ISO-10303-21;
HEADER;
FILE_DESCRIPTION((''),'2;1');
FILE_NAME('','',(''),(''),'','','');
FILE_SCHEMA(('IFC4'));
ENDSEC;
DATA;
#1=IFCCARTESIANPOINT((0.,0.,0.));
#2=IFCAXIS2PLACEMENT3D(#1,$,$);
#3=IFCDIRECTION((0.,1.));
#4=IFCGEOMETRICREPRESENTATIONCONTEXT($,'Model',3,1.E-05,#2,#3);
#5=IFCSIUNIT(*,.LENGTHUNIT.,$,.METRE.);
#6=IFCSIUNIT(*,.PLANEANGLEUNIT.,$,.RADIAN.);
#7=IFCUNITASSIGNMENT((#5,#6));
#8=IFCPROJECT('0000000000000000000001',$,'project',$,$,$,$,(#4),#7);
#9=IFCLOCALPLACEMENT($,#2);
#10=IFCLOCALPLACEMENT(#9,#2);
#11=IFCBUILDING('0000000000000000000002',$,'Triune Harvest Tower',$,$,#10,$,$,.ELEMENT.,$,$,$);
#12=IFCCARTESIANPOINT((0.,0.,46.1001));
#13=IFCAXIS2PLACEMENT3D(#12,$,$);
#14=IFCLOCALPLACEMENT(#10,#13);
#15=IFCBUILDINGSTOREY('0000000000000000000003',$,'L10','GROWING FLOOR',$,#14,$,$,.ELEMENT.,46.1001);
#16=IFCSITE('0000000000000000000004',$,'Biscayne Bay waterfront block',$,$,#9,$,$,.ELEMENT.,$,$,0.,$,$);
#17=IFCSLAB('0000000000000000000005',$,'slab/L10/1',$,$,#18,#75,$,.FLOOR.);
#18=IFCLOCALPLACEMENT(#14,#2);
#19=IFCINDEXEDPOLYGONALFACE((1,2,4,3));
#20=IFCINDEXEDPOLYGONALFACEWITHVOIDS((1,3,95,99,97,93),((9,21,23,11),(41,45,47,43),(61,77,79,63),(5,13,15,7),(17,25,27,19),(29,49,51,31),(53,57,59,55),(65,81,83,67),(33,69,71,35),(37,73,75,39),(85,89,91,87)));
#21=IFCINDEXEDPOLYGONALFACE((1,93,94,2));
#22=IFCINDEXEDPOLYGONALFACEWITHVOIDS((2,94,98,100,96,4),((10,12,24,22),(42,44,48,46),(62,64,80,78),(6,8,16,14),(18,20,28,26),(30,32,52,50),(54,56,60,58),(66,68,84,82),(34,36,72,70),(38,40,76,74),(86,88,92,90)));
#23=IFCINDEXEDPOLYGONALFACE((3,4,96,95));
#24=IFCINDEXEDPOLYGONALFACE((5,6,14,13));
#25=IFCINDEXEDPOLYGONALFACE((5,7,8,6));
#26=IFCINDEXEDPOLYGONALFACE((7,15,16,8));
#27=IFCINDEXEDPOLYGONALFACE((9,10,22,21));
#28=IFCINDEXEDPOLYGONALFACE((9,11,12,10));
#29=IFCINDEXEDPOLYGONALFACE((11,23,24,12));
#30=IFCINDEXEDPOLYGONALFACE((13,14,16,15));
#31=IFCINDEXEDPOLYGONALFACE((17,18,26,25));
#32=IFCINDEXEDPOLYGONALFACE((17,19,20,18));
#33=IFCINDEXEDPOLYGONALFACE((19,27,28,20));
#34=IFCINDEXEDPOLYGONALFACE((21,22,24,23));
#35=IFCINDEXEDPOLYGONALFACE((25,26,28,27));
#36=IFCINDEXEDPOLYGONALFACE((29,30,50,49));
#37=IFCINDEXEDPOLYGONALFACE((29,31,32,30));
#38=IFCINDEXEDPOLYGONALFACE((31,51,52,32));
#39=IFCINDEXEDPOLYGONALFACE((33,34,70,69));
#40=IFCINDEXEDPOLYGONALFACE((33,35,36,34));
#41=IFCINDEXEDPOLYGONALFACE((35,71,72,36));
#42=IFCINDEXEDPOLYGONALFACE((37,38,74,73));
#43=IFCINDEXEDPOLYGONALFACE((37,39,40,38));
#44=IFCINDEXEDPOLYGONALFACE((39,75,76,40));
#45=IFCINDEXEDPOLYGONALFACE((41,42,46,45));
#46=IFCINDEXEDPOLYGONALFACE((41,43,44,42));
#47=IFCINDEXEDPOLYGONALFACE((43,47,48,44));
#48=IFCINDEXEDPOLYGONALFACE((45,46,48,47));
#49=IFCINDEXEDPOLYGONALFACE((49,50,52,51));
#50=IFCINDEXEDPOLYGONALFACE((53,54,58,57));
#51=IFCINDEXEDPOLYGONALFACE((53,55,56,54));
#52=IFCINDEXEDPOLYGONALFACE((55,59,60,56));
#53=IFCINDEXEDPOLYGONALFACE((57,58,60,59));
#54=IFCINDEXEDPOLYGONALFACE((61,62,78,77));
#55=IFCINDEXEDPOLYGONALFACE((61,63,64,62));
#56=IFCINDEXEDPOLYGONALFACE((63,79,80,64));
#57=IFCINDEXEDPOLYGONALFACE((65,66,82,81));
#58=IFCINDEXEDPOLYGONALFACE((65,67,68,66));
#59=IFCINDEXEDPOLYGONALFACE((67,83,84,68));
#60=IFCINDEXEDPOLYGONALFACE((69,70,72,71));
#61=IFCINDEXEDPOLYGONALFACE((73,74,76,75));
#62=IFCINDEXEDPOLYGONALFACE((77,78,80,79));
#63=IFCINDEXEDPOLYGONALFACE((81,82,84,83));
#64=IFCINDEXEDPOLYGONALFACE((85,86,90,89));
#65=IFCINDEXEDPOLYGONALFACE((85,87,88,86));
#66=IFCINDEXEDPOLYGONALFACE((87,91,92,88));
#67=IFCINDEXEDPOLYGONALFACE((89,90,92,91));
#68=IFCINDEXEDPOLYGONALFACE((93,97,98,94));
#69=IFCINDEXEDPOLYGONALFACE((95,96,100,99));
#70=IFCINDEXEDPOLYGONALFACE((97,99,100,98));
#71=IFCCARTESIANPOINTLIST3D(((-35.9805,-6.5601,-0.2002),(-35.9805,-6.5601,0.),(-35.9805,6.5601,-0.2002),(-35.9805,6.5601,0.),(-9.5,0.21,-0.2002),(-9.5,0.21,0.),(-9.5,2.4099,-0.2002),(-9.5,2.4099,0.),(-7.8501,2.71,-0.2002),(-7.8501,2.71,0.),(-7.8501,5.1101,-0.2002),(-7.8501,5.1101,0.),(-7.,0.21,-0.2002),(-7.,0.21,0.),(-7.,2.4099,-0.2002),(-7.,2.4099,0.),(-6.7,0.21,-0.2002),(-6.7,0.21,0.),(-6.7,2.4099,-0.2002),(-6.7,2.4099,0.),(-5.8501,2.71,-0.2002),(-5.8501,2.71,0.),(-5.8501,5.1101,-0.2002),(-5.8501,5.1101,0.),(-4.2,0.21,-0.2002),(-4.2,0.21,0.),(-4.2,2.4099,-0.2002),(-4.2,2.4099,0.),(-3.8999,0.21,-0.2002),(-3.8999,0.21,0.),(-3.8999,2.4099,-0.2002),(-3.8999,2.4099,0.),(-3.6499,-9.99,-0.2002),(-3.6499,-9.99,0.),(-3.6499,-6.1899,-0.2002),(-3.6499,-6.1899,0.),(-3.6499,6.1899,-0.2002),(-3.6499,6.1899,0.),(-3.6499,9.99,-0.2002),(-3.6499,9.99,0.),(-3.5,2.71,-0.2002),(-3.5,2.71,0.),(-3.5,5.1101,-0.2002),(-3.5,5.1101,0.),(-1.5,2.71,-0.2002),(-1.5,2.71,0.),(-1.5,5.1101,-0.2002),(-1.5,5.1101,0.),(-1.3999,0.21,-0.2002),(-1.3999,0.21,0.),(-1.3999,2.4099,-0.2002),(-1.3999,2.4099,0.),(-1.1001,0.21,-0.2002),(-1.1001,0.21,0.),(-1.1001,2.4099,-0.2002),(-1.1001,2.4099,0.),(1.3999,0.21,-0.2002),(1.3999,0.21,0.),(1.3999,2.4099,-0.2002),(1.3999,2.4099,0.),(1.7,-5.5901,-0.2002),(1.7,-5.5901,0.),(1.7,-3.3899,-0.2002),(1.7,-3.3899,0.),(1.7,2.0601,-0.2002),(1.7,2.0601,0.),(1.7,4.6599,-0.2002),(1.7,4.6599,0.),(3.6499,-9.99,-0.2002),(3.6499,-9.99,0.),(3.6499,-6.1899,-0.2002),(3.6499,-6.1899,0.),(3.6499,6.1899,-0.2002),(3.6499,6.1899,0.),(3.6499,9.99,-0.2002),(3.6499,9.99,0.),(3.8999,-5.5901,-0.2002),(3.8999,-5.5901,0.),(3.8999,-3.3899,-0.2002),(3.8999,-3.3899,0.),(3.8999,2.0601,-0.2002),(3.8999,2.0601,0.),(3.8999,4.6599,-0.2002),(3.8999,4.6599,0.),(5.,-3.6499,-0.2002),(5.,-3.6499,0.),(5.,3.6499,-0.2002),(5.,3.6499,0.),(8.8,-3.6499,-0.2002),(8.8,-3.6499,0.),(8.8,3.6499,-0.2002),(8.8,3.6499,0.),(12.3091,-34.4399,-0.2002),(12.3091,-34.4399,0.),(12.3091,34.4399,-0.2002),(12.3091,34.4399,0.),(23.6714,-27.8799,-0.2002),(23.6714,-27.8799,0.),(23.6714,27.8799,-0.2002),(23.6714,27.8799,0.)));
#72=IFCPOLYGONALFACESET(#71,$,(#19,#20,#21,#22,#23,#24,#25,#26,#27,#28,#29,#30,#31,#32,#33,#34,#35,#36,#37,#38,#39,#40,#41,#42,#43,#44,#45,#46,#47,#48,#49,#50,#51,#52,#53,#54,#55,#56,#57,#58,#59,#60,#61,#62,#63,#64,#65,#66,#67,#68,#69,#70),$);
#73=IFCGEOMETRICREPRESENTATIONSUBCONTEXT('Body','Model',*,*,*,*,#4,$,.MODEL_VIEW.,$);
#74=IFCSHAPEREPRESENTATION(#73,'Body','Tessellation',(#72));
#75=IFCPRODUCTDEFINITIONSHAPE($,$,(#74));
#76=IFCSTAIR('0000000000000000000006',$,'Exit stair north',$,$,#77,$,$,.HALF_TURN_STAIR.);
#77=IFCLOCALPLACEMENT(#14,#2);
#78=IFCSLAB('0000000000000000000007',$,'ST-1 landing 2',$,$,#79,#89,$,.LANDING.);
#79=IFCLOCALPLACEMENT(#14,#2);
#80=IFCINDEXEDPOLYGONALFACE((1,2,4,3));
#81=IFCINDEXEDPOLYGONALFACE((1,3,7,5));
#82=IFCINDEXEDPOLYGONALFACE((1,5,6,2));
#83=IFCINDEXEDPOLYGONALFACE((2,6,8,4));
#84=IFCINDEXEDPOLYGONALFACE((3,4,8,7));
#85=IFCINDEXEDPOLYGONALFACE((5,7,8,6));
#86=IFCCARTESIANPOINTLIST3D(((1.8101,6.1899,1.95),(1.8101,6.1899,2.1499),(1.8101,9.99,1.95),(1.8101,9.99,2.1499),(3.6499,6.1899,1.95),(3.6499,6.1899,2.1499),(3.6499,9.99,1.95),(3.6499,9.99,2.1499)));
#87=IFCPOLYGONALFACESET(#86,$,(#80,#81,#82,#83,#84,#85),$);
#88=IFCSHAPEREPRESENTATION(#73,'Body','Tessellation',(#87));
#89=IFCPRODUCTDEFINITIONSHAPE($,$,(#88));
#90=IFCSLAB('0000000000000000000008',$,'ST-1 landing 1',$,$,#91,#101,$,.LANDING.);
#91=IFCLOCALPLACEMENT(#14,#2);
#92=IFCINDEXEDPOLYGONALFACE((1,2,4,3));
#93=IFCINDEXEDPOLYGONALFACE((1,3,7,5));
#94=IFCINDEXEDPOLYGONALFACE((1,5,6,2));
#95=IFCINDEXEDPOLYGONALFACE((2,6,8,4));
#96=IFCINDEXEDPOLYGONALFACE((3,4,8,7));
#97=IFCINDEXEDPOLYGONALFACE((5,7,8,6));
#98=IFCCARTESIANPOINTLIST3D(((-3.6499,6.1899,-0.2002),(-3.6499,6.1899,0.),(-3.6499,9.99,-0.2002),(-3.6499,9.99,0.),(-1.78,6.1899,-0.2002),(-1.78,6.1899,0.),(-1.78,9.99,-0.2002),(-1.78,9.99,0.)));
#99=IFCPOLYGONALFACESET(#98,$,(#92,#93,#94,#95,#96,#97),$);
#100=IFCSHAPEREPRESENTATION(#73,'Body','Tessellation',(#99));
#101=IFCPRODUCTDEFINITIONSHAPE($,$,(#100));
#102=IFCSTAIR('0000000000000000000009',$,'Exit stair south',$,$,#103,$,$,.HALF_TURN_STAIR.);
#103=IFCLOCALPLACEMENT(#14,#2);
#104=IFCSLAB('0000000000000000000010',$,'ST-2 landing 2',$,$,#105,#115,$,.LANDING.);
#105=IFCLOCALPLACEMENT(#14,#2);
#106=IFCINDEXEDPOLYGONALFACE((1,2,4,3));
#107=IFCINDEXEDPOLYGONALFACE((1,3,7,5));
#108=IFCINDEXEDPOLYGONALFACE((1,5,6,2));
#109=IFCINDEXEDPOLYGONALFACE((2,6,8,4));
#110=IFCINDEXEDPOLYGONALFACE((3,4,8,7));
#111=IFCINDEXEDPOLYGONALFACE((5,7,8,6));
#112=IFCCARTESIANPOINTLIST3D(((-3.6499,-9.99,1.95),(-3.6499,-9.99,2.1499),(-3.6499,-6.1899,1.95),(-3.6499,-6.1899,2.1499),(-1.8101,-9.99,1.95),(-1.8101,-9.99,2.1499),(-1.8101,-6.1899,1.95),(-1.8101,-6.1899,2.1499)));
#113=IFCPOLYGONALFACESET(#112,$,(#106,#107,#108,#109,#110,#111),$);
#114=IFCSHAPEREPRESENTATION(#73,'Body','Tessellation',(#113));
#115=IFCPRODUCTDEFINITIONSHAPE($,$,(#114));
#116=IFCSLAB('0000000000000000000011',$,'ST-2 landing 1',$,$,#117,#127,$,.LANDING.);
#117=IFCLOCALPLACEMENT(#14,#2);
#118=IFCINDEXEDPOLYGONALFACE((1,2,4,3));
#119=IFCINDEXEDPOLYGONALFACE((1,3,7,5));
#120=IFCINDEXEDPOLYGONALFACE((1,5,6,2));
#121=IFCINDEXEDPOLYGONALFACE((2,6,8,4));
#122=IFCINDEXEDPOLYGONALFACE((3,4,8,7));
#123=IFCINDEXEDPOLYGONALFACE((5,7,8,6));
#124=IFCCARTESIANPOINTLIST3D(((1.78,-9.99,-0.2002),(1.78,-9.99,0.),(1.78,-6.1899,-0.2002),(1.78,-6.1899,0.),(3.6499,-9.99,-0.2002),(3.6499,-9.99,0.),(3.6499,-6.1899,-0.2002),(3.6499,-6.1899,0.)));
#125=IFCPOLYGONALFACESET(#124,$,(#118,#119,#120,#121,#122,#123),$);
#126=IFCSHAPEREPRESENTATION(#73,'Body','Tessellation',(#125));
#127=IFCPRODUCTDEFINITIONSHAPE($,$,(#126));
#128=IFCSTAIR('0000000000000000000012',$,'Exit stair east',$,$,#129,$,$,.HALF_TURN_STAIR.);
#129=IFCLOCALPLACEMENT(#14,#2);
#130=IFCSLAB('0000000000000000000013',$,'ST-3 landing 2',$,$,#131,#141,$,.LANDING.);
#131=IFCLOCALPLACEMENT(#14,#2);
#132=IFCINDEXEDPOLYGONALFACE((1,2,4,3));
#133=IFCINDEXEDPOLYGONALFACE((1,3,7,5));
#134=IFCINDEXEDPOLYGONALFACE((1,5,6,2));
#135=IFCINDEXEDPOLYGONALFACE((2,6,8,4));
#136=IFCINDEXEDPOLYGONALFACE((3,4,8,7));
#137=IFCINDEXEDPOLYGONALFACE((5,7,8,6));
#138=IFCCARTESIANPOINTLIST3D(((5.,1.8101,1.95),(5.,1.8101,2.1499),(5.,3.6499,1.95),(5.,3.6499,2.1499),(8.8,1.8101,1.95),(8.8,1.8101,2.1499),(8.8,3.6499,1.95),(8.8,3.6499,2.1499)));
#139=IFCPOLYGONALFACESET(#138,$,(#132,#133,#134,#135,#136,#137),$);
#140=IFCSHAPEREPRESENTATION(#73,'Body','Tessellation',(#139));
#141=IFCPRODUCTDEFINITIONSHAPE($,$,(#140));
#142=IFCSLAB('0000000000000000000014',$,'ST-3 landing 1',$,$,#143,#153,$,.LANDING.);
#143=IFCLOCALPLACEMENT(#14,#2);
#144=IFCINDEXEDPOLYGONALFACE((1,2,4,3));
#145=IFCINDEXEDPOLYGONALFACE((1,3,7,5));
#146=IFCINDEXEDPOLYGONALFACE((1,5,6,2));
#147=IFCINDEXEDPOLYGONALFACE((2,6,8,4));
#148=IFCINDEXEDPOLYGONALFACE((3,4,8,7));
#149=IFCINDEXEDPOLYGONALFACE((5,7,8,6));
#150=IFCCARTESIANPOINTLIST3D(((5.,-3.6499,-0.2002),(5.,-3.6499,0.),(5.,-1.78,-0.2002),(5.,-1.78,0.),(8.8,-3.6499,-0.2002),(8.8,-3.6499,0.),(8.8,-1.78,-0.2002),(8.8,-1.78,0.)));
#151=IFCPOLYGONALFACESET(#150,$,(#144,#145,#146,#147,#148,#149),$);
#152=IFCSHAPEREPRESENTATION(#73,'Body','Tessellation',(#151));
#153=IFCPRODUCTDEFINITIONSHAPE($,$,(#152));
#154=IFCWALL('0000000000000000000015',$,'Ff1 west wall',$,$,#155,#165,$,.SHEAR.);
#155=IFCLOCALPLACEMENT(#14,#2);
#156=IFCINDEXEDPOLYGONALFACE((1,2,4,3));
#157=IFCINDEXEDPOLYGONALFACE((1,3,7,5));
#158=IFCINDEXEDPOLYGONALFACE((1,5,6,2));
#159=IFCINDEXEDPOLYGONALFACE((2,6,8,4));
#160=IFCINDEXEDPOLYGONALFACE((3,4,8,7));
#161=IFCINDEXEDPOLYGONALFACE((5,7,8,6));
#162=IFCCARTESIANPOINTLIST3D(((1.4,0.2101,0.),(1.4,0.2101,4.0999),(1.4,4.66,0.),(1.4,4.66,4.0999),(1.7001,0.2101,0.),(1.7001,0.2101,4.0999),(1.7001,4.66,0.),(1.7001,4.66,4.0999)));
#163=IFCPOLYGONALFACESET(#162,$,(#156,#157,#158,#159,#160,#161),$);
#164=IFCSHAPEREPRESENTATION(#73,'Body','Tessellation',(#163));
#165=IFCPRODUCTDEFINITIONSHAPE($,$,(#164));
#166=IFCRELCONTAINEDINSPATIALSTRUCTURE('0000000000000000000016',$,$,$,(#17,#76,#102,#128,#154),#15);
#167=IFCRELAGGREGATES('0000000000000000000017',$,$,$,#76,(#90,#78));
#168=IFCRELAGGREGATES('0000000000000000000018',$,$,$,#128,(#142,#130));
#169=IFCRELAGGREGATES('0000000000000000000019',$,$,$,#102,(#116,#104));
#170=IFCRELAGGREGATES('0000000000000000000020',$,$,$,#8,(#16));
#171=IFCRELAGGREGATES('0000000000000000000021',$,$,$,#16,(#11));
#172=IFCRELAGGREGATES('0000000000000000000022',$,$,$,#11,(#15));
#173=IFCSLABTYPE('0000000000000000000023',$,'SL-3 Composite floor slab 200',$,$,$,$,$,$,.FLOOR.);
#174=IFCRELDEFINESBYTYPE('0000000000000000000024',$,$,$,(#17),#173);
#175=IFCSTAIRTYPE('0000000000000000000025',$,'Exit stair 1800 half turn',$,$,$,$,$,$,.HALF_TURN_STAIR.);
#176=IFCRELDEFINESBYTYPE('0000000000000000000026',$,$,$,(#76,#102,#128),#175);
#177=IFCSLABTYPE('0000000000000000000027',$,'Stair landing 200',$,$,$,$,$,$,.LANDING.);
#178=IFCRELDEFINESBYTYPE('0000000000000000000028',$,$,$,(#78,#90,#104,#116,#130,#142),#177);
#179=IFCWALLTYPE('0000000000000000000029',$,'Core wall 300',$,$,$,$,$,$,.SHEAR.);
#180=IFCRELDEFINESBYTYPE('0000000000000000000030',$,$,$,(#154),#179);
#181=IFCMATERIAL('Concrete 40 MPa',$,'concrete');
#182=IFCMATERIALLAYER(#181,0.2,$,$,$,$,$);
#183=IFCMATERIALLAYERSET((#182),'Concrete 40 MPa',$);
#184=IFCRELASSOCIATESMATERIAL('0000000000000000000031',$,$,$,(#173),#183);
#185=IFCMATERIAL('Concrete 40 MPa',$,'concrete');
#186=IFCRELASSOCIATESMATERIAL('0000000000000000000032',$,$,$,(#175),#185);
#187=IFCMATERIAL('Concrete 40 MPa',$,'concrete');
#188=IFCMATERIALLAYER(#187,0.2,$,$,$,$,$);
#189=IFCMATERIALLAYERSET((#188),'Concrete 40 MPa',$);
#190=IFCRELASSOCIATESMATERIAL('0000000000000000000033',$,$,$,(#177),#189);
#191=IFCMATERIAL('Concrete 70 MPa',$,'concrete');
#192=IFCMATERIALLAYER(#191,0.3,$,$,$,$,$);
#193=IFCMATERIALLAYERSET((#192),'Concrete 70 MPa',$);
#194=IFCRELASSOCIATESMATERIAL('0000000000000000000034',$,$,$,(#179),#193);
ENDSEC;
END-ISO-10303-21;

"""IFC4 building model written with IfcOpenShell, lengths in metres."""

from ifc_helpers import new_model, si_unit, direction, frame, frame_2d, origin, place, context, subcontext, project, spatial, polyline, rectangle, outline, extrude, source, transform, mapped, material, layer, layer_set, type_object, element, aggregate, save


model = new_model("IFC4")

# Units and contexts
model_context = context("Model", 3, precision=1e-05, world=origin(), true_north=direction((0.0, 1.0)))
body_context = subcontext(model_context, "Body", "Model", "MODEL_VIEW")
ifc_project = project(units=[si_unit("LENGTHUNIT", "METRE"), si_unit("PLANEANGLEUNIT", "RADIAN")], contexts=[model_context])

# Site, building, storey
site_placement = place(None, origin())
site = spatial("IfcSite", under=ifc_project, at=site_placement, Name="Biscayne Bay waterfront block", CompositionType="ELEMENT", RefElevation=0.0)
building_placement = place(site_placement, origin())
building = spatial("IfcBuilding", under=site, at=building_placement, Name="Triune Harvest Tower", CompositionType="ELEMENT")
storey_placement = place(building_placement, frame((0.0, 0.0, 46.1001)))
storey = spatial("IfcBuildingStorey", under=building, at=storey_placement, Name="L10", Description="GROWING FLOOR", CompositionType="ELEMENT", Elevation=46.1001)

# Slab
ifc_material_1 = material(Name="Concrete 40 MPa", Category="concrete")
ifc_layer_1 = layer(ifc_material_1, 0.2)
ifc_layer_set_1 = layer_set([ifc_layer_1], Name="Concrete 40 MPa")
slab_type_1 = type_object("IfcSlabType", Name="SL-3 Composite floor slab 200", PredefinedType="FLOOR", material=ifc_layer_set_1)
shared_shape_1 = source(origin(), body_context, "Body", "SweptSolid", [
    extrude(outline(polyline([(23.6714, -27.8799), (23.6714, 27.8799), (12.3091, 34.4399), (-35.9805, 6.5601), (-35.9805, -6.5601), (12.3091, -34.4399), (23.6714, -27.8799)]), holes=[polyline([(-7.0, 0.21), (-7.0, 2.4099), (-9.5, 2.4099), (-9.5, 0.21), (-7.0, 0.21)]), polyline([(-4.2, 0.21), (-4.2, 2.4099), (-6.7, 2.4099), (-6.7, 0.21), (-4.2, 0.21)]), polyline([(-1.3999, 0.21), (-1.3999, 2.4099), (-3.8999, 2.4099), (-3.8999, 0.21), (-1.3999, 0.21)]), polyline([(1.3999, 0.21), (1.3999, 2.4099), (-1.1001, 2.4099), (-1.1001, 0.21), (1.3999, 0.21)]), polyline([(3.8999, 2.0601), (3.8999, 4.6599), (1.7, 4.6599), (1.7, 2.0601), (3.8999, 2.0601)]), polyline([(3.8999, -5.5901), (3.8999, -3.3899), (1.7, -3.3899), (1.7, -5.5901), (3.8999, -5.5901)]), polyline([(-5.8501, 2.71), (-5.8501, 5.1101), (-7.8501, 5.1101), (-7.8501, 2.71), (-5.8501, 2.71)]), polyline([(-1.5, 2.71), (-1.5, 5.1101), (-3.5, 5.1101), (-3.5, 2.71), (-1.5, 2.71)]), polyline([(3.6499, 6.1899), (3.6499, 9.99), (-3.6499, 9.99), (-3.6499, 6.1899), (3.6499, 6.1899)]), polyline([(3.6499, -9.99), (3.6499, -6.1899), (-3.6499, -6.1899), (-3.6499, -9.99), (3.6499, -9.99)]), polyline([(8.8, -3.6499), (8.8, 3.6499), (5.0, 3.6499), (5.0, -3.6499), (8.8, -3.6499)])]), origin(), (0.0, 0.0, 1.0), 0.2002),
])
slab_1_placement = place(storey_placement, frame((0.0, 0.0, -0.2002)))
element("IfcSlab", 1, at=slab_1_placement, inside=storey, type_object=slab_type_1, Name="slab/L10/1", PredefinedType="FLOOR", context=body_context, shape_type="MappedRepresentation", body=[
    mapped(shared_shape_1, transform((0.0, 0.0, 0.0), scale=1.0)),
])

# Stairs, slabs
ifc_material_2 = material(Name="Concrete 40 MPa", Category="concrete")
stair_type = type_object("IfcStairType", Name="Exit stair 1800 half turn", PredefinedType="HALF_TURN_STAIR", material=ifc_material_2)
stair_1_placement = place(storey_placement, origin())
stair_1 = element("IfcStair", 2, at=stair_1_placement, inside=storey, type_object=stair_type, Name="Exit stair north", PredefinedType="HALF_TURN_STAIR")
ifc_material_3 = material(Name="Concrete 40 MPa", Category="concrete")
ifc_layer_2 = layer(ifc_material_3, 0.2)
ifc_layer_set_2 = layer_set([ifc_layer_2], Name="Concrete 40 MPa")
slab_type_2 = type_object("IfcSlabType", Name="Stair landing 200", PredefinedType="LANDING", material=ifc_layer_set_2)
shared_shape_2 = source(origin(), body_context, "Body", "SweptSolid", [
    extrude(outline(polyline([(1.8101, 6.1899), (3.6499, 6.1899), (3.6499, 9.99), (1.8101, 9.99), (1.8101, 6.1899)])), origin(), (0.0, 0.0, 1.0), 0.2),
])
slab_2_placement = place(storey_placement, frame((0.0, 0.0, 1.95)))
slab_2 = element("IfcSlab", 3, at=slab_2_placement, type_object=slab_type_2, Name="ST-1 landing 2", PredefinedType="LANDING", context=body_context, shape_type="MappedRepresentation", body=[
    mapped(shared_shape_2, transform((0.0, 0.0, 0.0), scale=1.0)),
])
shared_shape_3 = source(origin(), body_context, "Body", "SweptSolid", [
    extrude(outline(polyline([(-3.6499, 6.1899), (-1.78, 6.1899), (-1.78, 9.99), (-3.6499, 9.99), (-3.6499, 6.1899)])), origin(), (0.0, 0.0, 1.0), 0.2002),
])
slab_3_placement = place(storey_placement, frame((0.0, 0.0, -0.2002)))
slab_3 = element("IfcSlab", 4, at=slab_3_placement, type_object=slab_type_2, Name="ST-1 landing 1", PredefinedType="LANDING", context=body_context, shape_type="MappedRepresentation", body=[
    mapped(shared_shape_3, transform((0.0, 0.0, 0.0), scale=1.0)),
])
aggregate(stair_1, [slab_3, slab_2])
stair_2_placement = place(storey_placement, origin())
stair_2 = element("IfcStair", 5, at=stair_2_placement, inside=storey, type_object=stair_type, Name="Exit stair south", PredefinedType="HALF_TURN_STAIR")
shared_shape_4 = source(origin(), body_context, "Body", "SweptSolid", [
    extrude(outline(polyline([(-1.8101, -6.1899), (-3.6499, -6.1899), (-3.6499, -9.99), (-1.8101, -9.99), (-1.8101, -6.1899)])), origin(), (0.0, 0.0, 1.0), 0.2),
])
slab_4_placement = place(storey_placement, frame((0.0, 0.0, 1.95)))
slab_4 = element("IfcSlab", 6, at=slab_4_placement, type_object=slab_type_2, Name="ST-2 landing 2", PredefinedType="LANDING", context=body_context, shape_type="MappedRepresentation", body=[
    mapped(shared_shape_4, transform((0.0, 0.0, 0.0), scale=1.0)),
])
shared_shape_5 = source(origin(), body_context, "Body", "SweptSolid", [
    extrude(outline(polyline([(3.6499, -6.1899), (1.78, -6.1899), (1.78, -9.99), (3.6499, -9.99), (3.6499, -6.1899)])), origin(), (0.0, 0.0, 1.0), 0.2002),
])
slab_5_placement = place(storey_placement, frame((0.0, 0.0, -0.2002)))
slab_5 = element("IfcSlab", 7, at=slab_5_placement, type_object=slab_type_2, Name="ST-2 landing 1", PredefinedType="LANDING", context=body_context, shape_type="MappedRepresentation", body=[
    mapped(shared_shape_5, transform((0.0, 0.0, 0.0), scale=1.0)),
])
stair_3_placement = place(storey_placement, origin())
stair_3 = element("IfcStair", 8, at=stair_3_placement, inside=storey, type_object=stair_type, Name="Exit stair east", PredefinedType="HALF_TURN_STAIR")
shared_shape_6 = source(origin(), body_context, "Body", "SweptSolid", [
    extrude(outline(polyline([(8.8, 1.8101), (8.8, 3.6499), (5.0, 3.6499), (5.0, 1.8101), (8.8, 1.8101)])), origin(), (0.0, 0.0, 1.0), 0.2),
])
slab_6_placement = place(storey_placement, frame((0.0, 0.0, 1.95)))
slab_6 = element("IfcSlab", 9, at=slab_6_placement, type_object=slab_type_2, Name="ST-3 landing 2", PredefinedType="LANDING", context=body_context, shape_type="MappedRepresentation", body=[
    mapped(shared_shape_6, transform((0.0, 0.0, 0.0), scale=1.0)),
])
shared_shape_7 = source(origin(), body_context, "Body", "SweptSolid", [
    extrude(outline(polyline([(8.8, -3.6499), (8.8, -1.78), (5.0, -1.78), (5.0, -3.6499), (8.8, -3.6499)])), origin(), (0.0, 0.0, 1.0), 0.2002),
])
slab_7_placement = place(storey_placement, frame((0.0, 0.0, -0.2002)))
slab_7 = element("IfcSlab", 10, at=slab_7_placement, type_object=slab_type_2, Name="ST-3 landing 1", PredefinedType="LANDING", context=body_context, shape_type="MappedRepresentation", body=[
    mapped(shared_shape_7, transform((0.0, 0.0, 0.0), scale=1.0)),
])
aggregate(stair_3, [slab_7, slab_6])

# Wall
ifc_material_4 = material(Name="Concrete 70 MPa", Category="concrete")
ifc_layer_3 = layer(ifc_material_4, 0.3)
ifc_layer_set_3 = layer_set([ifc_layer_3], Name="Concrete 70 MPa")
wall_type = type_object("IfcWallType", Name="Core wall 300", PredefinedType="SHEAR", material=ifc_layer_set_3)
shared_shape_8 = source(origin(), body_context, "Body", "SweptSolid", [
    extrude(rectangle(XDim=4.45, YDim=0.3, at=frame_2d((2.2251, 0.0))), origin(), (0.0, 0.0, 1.0), 4.0999),
])
wall_1_placement = place(storey_placement, frame((1.55, 0.21, 0.0), z_axis=(0.0, 0.0, 1.0), x_axis=(0.0, 1.0, 0.0)))
element("IfcWall", 11, at=wall_1_placement, inside=storey, type_object=wall_type, Name="Ff1 west wall", PredefinedType="SHEAR", context=body_context, shape_type="MappedRepresentation", body=[
    mapped(shared_shape_8, transform((0.0, 0.0, 0.0), scale=1.0)),
])

aggregate(stair_2, [slab_5, slab_4])

save(model, "model.ifc")
